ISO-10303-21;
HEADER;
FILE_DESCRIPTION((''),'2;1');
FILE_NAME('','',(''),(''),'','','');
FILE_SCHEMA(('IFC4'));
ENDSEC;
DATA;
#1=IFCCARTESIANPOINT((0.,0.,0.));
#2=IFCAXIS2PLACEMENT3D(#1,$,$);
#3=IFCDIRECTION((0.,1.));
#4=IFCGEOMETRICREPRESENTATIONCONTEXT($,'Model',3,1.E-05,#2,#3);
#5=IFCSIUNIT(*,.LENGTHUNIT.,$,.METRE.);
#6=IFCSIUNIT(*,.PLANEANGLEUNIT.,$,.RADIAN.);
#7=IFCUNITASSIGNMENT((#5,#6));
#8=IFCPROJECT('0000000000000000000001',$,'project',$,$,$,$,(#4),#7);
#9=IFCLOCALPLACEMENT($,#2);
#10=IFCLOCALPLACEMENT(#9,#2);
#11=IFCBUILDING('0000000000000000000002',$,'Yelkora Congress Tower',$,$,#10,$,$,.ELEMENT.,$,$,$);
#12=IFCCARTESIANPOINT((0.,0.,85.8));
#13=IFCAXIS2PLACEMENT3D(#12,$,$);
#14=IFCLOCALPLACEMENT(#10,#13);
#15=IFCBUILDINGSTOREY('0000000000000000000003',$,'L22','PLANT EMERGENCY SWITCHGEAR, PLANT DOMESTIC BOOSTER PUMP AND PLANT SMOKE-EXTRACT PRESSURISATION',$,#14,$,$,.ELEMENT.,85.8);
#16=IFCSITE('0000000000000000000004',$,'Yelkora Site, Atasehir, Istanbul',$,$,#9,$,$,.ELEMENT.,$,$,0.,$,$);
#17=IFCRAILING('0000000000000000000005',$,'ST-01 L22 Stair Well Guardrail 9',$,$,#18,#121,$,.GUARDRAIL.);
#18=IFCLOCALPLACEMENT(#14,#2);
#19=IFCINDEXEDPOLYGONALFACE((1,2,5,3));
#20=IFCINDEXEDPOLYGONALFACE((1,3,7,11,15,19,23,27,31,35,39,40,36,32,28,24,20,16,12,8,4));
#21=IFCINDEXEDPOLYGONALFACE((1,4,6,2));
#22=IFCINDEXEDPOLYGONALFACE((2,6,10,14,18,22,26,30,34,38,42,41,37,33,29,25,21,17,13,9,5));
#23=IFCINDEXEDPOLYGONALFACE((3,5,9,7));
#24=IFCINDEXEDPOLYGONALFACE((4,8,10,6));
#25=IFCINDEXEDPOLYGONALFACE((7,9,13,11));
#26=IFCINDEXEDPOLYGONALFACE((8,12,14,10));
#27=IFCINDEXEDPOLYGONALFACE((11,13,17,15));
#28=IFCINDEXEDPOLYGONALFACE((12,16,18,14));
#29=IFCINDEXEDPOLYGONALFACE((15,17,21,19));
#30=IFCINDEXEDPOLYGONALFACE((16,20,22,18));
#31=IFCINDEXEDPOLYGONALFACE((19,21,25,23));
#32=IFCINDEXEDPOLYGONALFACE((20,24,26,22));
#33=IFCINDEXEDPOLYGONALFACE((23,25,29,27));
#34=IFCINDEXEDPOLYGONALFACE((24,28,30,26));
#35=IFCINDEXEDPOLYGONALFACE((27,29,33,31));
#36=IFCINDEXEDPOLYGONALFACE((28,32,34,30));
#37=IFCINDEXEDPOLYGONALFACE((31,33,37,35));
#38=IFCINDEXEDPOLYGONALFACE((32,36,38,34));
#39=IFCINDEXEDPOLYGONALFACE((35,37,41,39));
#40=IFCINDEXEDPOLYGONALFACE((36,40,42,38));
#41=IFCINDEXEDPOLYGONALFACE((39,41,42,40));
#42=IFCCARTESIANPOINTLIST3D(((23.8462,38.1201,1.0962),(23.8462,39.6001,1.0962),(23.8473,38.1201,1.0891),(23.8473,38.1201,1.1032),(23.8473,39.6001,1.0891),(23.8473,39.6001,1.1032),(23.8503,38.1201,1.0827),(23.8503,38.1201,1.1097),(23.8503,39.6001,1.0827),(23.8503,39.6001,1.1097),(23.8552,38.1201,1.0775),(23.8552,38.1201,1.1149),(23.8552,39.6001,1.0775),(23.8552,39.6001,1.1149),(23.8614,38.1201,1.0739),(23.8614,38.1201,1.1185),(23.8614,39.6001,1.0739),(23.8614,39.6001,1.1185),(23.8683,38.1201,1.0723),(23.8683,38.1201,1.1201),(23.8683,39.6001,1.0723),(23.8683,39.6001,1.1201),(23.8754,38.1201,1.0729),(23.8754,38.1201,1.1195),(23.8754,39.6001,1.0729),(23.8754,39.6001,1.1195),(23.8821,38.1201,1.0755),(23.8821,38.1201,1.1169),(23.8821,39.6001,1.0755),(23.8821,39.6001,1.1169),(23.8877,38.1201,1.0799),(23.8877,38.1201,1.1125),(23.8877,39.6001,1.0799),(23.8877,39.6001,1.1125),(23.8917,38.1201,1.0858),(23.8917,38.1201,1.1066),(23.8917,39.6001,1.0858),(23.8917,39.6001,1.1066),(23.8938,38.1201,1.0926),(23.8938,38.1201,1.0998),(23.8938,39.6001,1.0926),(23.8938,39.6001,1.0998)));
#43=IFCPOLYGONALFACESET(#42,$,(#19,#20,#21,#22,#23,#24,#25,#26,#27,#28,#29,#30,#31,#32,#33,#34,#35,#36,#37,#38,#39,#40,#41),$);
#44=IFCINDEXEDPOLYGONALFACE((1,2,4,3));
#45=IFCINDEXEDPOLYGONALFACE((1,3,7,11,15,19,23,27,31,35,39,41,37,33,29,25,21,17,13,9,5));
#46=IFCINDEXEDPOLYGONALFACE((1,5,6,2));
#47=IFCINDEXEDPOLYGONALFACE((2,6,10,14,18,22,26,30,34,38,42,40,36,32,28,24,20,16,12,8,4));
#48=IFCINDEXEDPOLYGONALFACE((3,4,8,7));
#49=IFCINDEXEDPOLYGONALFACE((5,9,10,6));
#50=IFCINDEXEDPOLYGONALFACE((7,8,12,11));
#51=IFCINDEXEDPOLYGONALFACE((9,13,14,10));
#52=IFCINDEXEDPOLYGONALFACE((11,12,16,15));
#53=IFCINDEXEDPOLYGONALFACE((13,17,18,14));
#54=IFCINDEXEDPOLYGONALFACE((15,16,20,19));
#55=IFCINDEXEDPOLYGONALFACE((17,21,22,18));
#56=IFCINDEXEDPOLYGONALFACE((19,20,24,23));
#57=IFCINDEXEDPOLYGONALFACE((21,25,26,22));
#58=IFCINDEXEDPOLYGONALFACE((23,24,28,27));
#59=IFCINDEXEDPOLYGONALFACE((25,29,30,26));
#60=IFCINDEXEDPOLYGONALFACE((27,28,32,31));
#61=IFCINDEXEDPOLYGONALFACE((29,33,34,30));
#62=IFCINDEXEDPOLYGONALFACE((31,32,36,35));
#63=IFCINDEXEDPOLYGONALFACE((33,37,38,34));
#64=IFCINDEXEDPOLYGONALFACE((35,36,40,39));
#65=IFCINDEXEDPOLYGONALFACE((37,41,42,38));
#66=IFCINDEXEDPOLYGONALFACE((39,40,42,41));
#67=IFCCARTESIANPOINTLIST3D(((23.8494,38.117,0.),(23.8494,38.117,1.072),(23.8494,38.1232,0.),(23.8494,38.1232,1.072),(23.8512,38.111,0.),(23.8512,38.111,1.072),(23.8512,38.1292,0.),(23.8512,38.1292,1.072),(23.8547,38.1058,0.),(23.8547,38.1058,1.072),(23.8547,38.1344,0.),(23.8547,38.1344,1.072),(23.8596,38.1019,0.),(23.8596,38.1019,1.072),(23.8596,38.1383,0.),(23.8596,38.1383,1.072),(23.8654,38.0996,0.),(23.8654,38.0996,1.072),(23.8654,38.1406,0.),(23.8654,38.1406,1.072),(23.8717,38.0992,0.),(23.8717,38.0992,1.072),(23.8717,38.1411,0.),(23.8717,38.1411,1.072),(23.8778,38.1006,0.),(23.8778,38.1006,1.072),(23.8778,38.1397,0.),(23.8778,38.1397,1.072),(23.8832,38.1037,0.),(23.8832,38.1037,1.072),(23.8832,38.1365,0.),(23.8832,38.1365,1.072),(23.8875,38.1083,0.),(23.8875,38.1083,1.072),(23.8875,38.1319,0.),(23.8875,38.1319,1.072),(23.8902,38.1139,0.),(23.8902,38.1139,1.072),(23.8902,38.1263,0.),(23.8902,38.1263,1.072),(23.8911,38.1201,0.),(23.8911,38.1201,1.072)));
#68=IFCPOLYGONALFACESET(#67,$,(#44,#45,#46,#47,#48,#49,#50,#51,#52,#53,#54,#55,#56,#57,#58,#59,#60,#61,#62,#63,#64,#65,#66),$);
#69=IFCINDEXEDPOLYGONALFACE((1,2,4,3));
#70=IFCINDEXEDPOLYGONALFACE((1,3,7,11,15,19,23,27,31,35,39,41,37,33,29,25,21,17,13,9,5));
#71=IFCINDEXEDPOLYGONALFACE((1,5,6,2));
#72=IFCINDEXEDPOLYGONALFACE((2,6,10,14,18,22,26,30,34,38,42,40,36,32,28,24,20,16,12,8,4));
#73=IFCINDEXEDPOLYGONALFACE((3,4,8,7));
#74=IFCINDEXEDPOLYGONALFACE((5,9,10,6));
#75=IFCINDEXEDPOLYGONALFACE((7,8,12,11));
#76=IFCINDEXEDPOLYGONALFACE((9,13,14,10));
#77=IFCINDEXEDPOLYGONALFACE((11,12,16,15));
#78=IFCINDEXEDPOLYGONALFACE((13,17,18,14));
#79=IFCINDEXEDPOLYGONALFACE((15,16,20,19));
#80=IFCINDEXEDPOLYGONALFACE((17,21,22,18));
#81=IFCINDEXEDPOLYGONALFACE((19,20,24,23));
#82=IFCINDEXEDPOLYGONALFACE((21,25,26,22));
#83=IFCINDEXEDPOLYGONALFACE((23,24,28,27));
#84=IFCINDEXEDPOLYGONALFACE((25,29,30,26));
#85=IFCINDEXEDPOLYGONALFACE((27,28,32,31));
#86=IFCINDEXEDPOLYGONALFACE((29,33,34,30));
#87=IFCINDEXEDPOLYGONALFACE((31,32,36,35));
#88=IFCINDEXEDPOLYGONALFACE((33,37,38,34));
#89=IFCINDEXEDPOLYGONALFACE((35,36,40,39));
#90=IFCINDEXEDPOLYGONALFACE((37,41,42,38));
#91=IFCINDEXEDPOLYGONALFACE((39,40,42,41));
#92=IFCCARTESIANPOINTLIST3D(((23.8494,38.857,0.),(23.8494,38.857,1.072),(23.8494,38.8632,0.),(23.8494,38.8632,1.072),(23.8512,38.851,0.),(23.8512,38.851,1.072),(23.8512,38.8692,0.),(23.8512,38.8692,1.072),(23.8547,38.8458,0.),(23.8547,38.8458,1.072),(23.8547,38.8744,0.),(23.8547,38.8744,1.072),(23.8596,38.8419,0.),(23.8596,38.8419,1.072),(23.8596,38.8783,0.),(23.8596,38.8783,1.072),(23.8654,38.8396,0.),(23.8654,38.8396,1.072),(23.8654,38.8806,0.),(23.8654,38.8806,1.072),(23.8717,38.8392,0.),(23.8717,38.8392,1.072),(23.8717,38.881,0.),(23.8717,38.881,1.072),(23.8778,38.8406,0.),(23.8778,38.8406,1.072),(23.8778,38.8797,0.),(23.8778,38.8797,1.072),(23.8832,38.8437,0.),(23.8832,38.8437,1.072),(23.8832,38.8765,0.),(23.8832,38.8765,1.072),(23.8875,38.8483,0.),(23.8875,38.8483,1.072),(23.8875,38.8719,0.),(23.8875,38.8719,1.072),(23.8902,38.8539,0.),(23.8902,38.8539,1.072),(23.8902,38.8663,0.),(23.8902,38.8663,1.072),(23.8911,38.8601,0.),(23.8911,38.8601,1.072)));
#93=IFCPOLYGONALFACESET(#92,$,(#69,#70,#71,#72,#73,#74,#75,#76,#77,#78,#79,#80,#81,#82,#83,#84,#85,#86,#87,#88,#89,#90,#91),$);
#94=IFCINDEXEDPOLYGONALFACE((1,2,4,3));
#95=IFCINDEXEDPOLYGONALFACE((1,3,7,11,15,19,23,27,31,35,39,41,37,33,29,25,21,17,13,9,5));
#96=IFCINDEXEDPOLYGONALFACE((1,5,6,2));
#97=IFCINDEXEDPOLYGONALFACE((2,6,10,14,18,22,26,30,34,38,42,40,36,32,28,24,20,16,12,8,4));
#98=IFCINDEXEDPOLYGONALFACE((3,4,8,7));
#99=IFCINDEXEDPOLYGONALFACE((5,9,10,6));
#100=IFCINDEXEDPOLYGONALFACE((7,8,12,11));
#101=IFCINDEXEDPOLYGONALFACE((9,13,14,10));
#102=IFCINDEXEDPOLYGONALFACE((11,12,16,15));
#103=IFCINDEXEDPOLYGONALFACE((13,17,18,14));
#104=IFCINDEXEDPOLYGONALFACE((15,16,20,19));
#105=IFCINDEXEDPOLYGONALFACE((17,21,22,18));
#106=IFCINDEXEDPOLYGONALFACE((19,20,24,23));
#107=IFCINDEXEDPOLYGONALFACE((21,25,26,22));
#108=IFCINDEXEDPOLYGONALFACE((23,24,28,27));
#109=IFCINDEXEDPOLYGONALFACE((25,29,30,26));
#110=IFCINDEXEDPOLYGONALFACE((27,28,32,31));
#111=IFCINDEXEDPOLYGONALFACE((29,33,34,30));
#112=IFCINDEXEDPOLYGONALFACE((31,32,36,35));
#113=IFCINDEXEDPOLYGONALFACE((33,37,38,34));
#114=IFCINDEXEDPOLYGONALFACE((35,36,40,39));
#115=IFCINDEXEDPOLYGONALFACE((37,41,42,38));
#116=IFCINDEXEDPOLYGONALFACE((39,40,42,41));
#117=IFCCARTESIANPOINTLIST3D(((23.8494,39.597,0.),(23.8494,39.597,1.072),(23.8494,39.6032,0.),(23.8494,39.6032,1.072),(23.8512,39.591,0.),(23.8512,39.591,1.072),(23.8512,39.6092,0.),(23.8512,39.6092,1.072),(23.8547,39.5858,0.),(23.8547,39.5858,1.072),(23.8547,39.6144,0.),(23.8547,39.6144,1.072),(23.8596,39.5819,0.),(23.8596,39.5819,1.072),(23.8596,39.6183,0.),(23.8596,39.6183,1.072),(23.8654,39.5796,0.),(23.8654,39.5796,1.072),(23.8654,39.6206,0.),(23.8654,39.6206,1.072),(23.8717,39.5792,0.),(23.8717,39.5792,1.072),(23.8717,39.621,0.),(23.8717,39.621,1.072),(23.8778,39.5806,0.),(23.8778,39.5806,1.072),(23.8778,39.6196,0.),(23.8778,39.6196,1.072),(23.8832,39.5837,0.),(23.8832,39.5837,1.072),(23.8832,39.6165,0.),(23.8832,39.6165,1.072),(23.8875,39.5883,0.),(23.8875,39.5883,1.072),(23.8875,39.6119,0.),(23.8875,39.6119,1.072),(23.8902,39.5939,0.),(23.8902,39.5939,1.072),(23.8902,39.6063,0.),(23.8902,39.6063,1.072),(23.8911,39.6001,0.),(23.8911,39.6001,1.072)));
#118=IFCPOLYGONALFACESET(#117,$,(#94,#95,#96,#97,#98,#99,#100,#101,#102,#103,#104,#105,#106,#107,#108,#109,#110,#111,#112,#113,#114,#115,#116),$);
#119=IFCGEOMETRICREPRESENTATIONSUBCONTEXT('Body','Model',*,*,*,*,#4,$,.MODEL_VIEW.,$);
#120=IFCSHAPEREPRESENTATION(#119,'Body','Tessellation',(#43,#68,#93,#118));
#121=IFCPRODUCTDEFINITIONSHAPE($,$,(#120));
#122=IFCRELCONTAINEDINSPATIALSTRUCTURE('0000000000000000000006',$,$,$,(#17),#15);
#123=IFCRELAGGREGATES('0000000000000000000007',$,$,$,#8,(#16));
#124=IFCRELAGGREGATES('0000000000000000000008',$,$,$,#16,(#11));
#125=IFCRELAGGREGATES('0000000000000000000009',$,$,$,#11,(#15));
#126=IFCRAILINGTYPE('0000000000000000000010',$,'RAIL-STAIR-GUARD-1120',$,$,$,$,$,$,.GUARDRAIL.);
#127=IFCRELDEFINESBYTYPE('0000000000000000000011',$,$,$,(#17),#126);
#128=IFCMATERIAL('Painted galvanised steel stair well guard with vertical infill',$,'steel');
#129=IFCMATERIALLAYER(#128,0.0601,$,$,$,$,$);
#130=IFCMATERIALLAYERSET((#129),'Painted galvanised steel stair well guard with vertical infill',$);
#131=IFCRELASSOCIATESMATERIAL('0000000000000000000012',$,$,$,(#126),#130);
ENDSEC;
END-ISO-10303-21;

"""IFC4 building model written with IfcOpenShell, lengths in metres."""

from ifc_helpers import new_model, si_unit, direction, frame, origin, origin_2d, place, context, subcontext, project, spatial, circle, extrude, material, layer, layer_set, type_object, element, save


model = new_model("IFC4")

# Units and contexts
model_context = context("Model", 3, precision=1e-05, world=origin(), true_north=direction((0.0, 1.0)))
body_context = subcontext(model_context, "Body", "Model", "MODEL_VIEW")
ifc_project = project(units=[si_unit("LENGTHUNIT", "METRE"), si_unit("PLANEANGLEUNIT", "RADIAN")], contexts=[model_context])

# Site, building, storey
site_placement = place(None, origin())
site = spatial("IfcSite", under=ifc_project, at=site_placement, Name="Yelkora Site, Atasehir, Istanbul", CompositionType="ELEMENT", RefElevation=0.0)
building_placement = place(site_placement, origin())
building = spatial("IfcBuilding", under=site, at=building_placement, Name="Yelkora Congress Tower", CompositionType="ELEMENT")
storey_placement = place(building_placement, frame((0.0, 0.0, 85.8)))
storey = spatial("IfcBuildingStorey", under=building, at=storey_placement, Name="L22", Description="PLANT EMERGENCY SWITCHGEAR, PLANT DOMESTIC BOOSTER PUMP AND PLANT SMOKE-EXTRACT PRESSURISATION", CompositionType="ELEMENT", Elevation=85.8)

# Railing
ifc_material_1 = material(Name="Painted galvanised steel stair well guard with vertical infill", Category="steel")
ifc_layer_1 = layer(ifc_material_1, 0.0601)
ifc_layer_set_1 = layer_set([ifc_layer_1], Name="Painted galvanised steel stair well guard with vertical infill")
railing_type_1 = type_object("IfcRailingType", Name="RAIL-STAIR-GUARD-1120", PredefinedType="GUARDRAIL", material=ifc_layer_set_1)
for number, where, name in (
    (1, (23.8701, 38.1201, 0.0), "ST-01 L22 Stair Well Guardrail 9"),
):
    element("IfcRailing", number, at=place(storey_placement, frame(where)), inside=storey, type_object=railing_type_1, Name=name, PredefinedType="GUARDRAIL", context=body_context, shape_type="SweptSolid", body=[
        extrude(circle(Radius=0.0239, at=origin_2d()), frame((0.0, 0.0, 1.0962), z_axis=(0.0, 1.0, 0.0), x_axis=(-1.0, 0.0, 0.0)), (0.0, 0.0, 1.0), 1.48),
        extrude(circle(Radius=0.021, at=origin_2d()), origin(), (0.0, 0.0, 1.0), 1.072),
        extrude(circle(Radius=0.021, at=origin_2d()), frame((0.0, 0.74, 0.0)), (0.0, 0.0, 1.0), 1.072),
        extrude(circle(Radius=0.021, at=origin_2d()), frame((0.0, 1.48, 0.0)), (0.0, 0.0, 1.0), 1.072),
    ])

save(model, "model.ifc")
